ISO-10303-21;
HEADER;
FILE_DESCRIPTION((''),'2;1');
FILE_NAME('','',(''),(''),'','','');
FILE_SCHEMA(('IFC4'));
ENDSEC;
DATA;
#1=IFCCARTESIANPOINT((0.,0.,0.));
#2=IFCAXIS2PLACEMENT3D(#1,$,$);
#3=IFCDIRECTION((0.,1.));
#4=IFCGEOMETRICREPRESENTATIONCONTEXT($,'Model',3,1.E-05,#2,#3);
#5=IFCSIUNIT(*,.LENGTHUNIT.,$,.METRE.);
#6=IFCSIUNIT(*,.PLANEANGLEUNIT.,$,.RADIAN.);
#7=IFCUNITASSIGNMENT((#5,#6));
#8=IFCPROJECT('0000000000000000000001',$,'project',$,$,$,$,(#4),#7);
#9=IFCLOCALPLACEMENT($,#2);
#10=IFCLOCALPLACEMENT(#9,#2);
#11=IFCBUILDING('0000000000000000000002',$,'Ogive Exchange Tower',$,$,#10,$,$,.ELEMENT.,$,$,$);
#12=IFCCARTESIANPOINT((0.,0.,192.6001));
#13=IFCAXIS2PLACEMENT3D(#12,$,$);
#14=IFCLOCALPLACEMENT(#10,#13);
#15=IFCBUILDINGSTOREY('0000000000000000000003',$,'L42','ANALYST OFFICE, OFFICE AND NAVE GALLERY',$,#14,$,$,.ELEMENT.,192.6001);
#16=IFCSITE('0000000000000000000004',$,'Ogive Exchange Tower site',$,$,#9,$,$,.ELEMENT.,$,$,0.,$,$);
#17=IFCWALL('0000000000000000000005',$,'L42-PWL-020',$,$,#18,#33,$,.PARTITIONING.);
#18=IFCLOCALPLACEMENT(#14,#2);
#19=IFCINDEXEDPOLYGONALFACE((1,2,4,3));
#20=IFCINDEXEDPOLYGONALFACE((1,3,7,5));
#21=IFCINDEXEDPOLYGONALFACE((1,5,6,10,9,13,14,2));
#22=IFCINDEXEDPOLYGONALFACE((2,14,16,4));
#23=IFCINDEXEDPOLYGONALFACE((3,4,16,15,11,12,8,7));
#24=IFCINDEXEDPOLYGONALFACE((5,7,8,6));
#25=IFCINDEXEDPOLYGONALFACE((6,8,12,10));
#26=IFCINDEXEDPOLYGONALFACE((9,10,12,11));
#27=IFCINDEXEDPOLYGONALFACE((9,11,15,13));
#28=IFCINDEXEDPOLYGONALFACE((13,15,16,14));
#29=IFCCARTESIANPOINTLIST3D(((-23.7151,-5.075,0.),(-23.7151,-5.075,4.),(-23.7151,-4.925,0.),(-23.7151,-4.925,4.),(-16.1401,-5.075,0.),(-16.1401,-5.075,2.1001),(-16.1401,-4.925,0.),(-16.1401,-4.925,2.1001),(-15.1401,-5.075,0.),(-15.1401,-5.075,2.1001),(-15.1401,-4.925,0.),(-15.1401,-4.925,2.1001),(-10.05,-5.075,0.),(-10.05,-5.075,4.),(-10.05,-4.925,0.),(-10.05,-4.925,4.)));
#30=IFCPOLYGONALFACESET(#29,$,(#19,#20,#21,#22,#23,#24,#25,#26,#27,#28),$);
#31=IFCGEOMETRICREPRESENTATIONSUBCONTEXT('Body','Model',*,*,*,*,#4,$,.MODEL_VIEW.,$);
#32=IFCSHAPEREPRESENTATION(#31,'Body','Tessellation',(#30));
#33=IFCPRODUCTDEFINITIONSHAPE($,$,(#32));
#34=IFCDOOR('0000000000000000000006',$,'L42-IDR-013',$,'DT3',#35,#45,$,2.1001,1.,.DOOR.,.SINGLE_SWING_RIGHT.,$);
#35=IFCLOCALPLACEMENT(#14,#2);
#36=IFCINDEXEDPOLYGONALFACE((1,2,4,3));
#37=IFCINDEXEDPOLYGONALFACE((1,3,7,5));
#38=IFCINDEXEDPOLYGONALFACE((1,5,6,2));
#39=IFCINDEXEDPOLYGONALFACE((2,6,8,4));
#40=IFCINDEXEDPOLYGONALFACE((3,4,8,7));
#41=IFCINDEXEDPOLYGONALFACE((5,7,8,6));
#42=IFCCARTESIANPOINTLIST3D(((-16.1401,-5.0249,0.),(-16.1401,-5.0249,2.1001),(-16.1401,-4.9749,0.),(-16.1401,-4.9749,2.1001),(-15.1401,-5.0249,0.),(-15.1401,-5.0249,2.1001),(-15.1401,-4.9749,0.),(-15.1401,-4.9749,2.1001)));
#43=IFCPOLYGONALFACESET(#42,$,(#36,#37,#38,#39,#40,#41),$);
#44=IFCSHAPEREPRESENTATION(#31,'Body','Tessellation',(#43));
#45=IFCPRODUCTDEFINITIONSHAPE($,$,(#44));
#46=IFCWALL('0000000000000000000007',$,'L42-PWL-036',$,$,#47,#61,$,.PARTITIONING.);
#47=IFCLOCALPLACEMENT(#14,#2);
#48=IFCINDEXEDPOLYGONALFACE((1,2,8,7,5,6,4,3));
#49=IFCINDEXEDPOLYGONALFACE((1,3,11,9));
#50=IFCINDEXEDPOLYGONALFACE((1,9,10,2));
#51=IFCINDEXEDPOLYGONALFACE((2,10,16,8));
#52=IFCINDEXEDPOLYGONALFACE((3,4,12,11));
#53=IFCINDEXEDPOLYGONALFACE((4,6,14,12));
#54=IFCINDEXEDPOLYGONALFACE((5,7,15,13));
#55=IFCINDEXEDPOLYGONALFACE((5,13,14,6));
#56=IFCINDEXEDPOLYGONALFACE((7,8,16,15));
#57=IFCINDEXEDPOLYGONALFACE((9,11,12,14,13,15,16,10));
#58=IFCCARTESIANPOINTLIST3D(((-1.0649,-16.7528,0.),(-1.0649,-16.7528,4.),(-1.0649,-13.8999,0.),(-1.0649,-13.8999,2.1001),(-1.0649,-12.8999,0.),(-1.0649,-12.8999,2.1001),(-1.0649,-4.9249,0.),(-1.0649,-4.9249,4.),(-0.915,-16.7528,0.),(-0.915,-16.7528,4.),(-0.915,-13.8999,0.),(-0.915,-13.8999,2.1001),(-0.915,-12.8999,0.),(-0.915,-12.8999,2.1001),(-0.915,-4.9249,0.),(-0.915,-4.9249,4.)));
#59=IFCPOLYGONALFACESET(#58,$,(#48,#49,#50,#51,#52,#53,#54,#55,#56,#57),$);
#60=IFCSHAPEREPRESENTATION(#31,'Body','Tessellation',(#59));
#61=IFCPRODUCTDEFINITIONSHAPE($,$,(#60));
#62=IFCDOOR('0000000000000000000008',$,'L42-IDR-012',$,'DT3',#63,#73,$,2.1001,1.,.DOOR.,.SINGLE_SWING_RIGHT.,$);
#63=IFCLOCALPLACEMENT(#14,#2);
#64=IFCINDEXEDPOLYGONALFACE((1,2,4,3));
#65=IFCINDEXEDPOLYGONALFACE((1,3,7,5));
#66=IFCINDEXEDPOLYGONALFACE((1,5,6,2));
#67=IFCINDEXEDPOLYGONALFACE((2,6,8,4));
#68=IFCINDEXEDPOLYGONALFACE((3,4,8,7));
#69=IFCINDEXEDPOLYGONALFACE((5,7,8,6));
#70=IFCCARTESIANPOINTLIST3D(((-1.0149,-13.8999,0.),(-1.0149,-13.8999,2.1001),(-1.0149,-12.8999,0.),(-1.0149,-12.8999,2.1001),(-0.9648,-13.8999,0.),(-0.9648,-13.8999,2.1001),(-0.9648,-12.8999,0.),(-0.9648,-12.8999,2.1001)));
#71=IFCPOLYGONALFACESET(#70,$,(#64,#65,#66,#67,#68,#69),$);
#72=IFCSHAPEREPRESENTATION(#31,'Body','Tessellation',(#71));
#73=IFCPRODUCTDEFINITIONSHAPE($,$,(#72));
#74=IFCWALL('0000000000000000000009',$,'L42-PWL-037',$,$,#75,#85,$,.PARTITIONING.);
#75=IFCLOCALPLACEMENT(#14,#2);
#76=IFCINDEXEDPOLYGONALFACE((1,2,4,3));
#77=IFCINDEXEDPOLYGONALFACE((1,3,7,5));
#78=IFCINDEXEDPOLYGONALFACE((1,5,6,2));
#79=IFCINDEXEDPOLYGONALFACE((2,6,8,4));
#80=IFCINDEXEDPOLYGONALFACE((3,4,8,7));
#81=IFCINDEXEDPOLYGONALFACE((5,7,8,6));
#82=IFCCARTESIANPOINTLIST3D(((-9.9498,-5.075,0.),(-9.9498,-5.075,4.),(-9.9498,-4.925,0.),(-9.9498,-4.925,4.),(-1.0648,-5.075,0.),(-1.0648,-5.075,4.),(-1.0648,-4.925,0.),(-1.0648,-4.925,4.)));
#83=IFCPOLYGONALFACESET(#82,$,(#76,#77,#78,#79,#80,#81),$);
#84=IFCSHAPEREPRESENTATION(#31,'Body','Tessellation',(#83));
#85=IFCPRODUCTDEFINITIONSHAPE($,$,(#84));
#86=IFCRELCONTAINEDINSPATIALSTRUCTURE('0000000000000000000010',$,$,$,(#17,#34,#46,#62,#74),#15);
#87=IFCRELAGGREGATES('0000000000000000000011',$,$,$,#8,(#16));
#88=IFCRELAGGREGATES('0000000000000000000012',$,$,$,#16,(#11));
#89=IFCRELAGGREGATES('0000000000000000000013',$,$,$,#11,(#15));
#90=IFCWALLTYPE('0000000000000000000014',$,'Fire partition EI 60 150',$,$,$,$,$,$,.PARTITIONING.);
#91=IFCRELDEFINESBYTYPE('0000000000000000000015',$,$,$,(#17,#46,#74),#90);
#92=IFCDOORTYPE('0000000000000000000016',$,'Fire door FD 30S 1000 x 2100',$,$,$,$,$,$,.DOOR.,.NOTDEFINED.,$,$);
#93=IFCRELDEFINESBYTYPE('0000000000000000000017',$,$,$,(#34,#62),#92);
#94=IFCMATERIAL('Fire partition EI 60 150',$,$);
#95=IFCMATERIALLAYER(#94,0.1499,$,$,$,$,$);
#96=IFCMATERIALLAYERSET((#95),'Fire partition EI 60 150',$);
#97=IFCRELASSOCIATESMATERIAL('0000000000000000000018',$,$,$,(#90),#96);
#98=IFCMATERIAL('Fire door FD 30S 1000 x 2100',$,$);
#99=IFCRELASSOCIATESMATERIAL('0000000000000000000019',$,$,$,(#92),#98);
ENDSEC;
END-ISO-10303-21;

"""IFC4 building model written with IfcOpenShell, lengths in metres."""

from ifc_helpers import new_model, si_unit, direction, frame, frame_2d, origin, place, context, subcontext, project, spatial, rectangle, extrude, material, layer, layer_set, type_object, element, fill, save


model = new_model("IFC4")

# Units and contexts
model_context = context("Model", 3, precision=1e-05, world=origin(), true_north=direction((0.0, 1.0)))
body_context = subcontext(model_context, "Body", "Model", "MODEL_VIEW")
ifc_project = project(units=[si_unit("LENGTHUNIT", "METRE"), si_unit("PLANEANGLEUNIT", "RADIAN")], contexts=[model_context])

# Site, building, storey
site_placement = place(None, origin())
site = spatial("IfcSite", under=ifc_project, at=site_placement, Name="Ogive Exchange Tower site", CompositionType="ELEMENT", RefElevation=0.0)
building_placement = place(site_placement, origin())
building = spatial("IfcBuilding", under=site, at=building_placement, Name="Ogive Exchange Tower", CompositionType="ELEMENT")
storey_placement = place(building_placement, frame((0.0, 0.0, 192.6001)))
storey = spatial("IfcBuildingStorey", under=building, at=storey_placement, Name="L42", Description="ANALYST OFFICE, OFFICE AND NAVE GALLERY", CompositionType="ELEMENT", Elevation=192.6001)

# Walls, openings, doors
ifc_material_1 = material(Name="Fire partition EI 60 150")
ifc_layer_1 = layer(ifc_material_1, 0.1499)
ifc_layer_set_1 = layer_set([ifc_layer_1], Name="Fire partition EI 60 150")
wall_type_1 = type_object("IfcWallType", Name="Fire partition EI 60 150", PredefinedType="PARTITIONING", material=ifc_layer_set_1)
wall_1_placement = place(storey_placement, frame((-10.05, -5.0, 0.0), z_axis=(0.0, 0.0, 1.0), x_axis=(-1.0, 0.0, 0.0)))
wall_1 = element("IfcWall", 1, at=wall_1_placement, inside=storey, type_object=wall_type_1, Name="L42-PWL-020", PredefinedType="PARTITIONING", context=body_context, shape_type="SweptSolid", body=[
    extrude(rectangle(XDim=13.665, YDim=0.1499, at=frame_2d((6.8325, 0.0))), origin(), (0.0, 0.0, 1.0), 4.0),
])
opening_1_placement = place(wall_1_placement, frame((5.0901, 0.0, 0.0)))
opening_1 = element("IfcOpeningElement", 2, at=opening_1_placement, cuts=wall_1, PredefinedType="OPENING", context=body_context, shape_type="SweptSolid", body=[
    extrude(rectangle(XDim=1.0, YDim=2.1001, at=frame_2d((0.5, 1.05))), frame((0.0, 0.085, 0.0), z_axis=(0.0, -1.0, 0.0), x_axis=(1.0, 0.0, 0.0)), (0.0, 0.0, 1.0), 0.1699),
])
ifc_material_2 = material(Name="Fire door FD 30S 1000 x 2100")
door_type_1 = type_object("IfcDoorType", Name="Fire door FD 30S 1000 x 2100", OperationType="NOTDEFINED", PredefinedType="DOOR", material=ifc_material_2)
door_1_placement = place(opening_1_placement, origin())
door_1 = element("IfcDoor", 3, at=door_1_placement, inside=storey, type_object=door_type_1, Name="L42-IDR-013", ObjectType="DT3", OperationType="SINGLE_SWING_RIGHT", OverallHeight=2.1001, OverallWidth=1.0, PredefinedType="DOOR", context=body_context, shape_type="SweptSolid", body=[
    extrude(rectangle(XDim=1.0, YDim=2.1001, at=frame_2d((0.5, 1.05))), frame((0.0, 0.0249, 0.0), z_axis=(0.0, -1.0, 0.0), x_axis=(1.0, 0.0, 0.0)), (0.0, 0.0, 1.0), 0.05),
])
fill(opening_1, door_1)
wall_2_placement = place(storey_placement, frame((-0.99, -16.7529, 0.0), z_axis=(0.0, 0.0, 1.0), x_axis=(0.0, 1.0, 0.0)))
wall_2 = element("IfcWall", 4, at=wall_2_placement, inside=storey, type_object=wall_type_1, Name="L42-PWL-036", PredefinedType="PARTITIONING", context=body_context, shape_type="SweptSolid", body=[
    extrude(rectangle(XDim=11.8279, YDim=0.1499, at=frame_2d((5.9141, 0.0))), origin(), (0.0, 0.0, 1.0), 4.0),
])
opening_2_placement = place(wall_2_placement, frame((2.853, 0.0, 0.0)))
opening_2 = element("IfcOpeningElement", 5, at=opening_2_placement, cuts=wall_2, PredefinedType="OPENING", context=body_context, shape_type="SweptSolid", body=[
    extrude(rectangle(XDim=1.0, YDim=2.1001, at=frame_2d((0.5, 1.05))), frame((0.0, 0.085, 0.0), z_axis=(0.0, -1.0, 0.0), x_axis=(1.0, 0.0, 0.0)), (0.0, 0.0, 1.0), 0.1699),
])
door_2_placement = place(opening_2_placement, origin())
door_2 = element("IfcDoor", 6, at=door_2_placement, inside=storey, type_object=door_type_1, Name="L42-IDR-012", ObjectType="DT3", OperationType="SINGLE_SWING_RIGHT", OverallHeight=2.1001, OverallWidth=1.0, PredefinedType="DOOR", context=body_context, shape_type="SweptSolid", body=[
    extrude(rectangle(XDim=1.0, YDim=2.1001, at=frame_2d((0.5, 1.05))), frame((0.0, 0.0249, 0.0), z_axis=(0.0, -1.0, 0.0), x_axis=(1.0, 0.0, 0.0)), (0.0, 0.0, 1.0), 0.05),
])
fill(opening_2, door_2)

# Wall
wall_3_placement = place(storey_placement, frame((-1.0649, -5.0, 0.0), z_axis=(0.0, 0.0, 1.0), x_axis=(-1.0, 0.0, 0.0)))
element("IfcWall", 7, at=wall_3_placement, inside=storey, type_object=wall_type_1, Name="L42-PWL-037", PredefinedType="PARTITIONING", context=body_context, shape_type="SweptSolid", body=[
    extrude(rectangle(XDim=8.885, YDim=0.1499, at=frame_2d((4.4424, 0.0))), origin(), (0.0, 0.0, 1.0), 4.0),
])

save(model, "model.ifc")
